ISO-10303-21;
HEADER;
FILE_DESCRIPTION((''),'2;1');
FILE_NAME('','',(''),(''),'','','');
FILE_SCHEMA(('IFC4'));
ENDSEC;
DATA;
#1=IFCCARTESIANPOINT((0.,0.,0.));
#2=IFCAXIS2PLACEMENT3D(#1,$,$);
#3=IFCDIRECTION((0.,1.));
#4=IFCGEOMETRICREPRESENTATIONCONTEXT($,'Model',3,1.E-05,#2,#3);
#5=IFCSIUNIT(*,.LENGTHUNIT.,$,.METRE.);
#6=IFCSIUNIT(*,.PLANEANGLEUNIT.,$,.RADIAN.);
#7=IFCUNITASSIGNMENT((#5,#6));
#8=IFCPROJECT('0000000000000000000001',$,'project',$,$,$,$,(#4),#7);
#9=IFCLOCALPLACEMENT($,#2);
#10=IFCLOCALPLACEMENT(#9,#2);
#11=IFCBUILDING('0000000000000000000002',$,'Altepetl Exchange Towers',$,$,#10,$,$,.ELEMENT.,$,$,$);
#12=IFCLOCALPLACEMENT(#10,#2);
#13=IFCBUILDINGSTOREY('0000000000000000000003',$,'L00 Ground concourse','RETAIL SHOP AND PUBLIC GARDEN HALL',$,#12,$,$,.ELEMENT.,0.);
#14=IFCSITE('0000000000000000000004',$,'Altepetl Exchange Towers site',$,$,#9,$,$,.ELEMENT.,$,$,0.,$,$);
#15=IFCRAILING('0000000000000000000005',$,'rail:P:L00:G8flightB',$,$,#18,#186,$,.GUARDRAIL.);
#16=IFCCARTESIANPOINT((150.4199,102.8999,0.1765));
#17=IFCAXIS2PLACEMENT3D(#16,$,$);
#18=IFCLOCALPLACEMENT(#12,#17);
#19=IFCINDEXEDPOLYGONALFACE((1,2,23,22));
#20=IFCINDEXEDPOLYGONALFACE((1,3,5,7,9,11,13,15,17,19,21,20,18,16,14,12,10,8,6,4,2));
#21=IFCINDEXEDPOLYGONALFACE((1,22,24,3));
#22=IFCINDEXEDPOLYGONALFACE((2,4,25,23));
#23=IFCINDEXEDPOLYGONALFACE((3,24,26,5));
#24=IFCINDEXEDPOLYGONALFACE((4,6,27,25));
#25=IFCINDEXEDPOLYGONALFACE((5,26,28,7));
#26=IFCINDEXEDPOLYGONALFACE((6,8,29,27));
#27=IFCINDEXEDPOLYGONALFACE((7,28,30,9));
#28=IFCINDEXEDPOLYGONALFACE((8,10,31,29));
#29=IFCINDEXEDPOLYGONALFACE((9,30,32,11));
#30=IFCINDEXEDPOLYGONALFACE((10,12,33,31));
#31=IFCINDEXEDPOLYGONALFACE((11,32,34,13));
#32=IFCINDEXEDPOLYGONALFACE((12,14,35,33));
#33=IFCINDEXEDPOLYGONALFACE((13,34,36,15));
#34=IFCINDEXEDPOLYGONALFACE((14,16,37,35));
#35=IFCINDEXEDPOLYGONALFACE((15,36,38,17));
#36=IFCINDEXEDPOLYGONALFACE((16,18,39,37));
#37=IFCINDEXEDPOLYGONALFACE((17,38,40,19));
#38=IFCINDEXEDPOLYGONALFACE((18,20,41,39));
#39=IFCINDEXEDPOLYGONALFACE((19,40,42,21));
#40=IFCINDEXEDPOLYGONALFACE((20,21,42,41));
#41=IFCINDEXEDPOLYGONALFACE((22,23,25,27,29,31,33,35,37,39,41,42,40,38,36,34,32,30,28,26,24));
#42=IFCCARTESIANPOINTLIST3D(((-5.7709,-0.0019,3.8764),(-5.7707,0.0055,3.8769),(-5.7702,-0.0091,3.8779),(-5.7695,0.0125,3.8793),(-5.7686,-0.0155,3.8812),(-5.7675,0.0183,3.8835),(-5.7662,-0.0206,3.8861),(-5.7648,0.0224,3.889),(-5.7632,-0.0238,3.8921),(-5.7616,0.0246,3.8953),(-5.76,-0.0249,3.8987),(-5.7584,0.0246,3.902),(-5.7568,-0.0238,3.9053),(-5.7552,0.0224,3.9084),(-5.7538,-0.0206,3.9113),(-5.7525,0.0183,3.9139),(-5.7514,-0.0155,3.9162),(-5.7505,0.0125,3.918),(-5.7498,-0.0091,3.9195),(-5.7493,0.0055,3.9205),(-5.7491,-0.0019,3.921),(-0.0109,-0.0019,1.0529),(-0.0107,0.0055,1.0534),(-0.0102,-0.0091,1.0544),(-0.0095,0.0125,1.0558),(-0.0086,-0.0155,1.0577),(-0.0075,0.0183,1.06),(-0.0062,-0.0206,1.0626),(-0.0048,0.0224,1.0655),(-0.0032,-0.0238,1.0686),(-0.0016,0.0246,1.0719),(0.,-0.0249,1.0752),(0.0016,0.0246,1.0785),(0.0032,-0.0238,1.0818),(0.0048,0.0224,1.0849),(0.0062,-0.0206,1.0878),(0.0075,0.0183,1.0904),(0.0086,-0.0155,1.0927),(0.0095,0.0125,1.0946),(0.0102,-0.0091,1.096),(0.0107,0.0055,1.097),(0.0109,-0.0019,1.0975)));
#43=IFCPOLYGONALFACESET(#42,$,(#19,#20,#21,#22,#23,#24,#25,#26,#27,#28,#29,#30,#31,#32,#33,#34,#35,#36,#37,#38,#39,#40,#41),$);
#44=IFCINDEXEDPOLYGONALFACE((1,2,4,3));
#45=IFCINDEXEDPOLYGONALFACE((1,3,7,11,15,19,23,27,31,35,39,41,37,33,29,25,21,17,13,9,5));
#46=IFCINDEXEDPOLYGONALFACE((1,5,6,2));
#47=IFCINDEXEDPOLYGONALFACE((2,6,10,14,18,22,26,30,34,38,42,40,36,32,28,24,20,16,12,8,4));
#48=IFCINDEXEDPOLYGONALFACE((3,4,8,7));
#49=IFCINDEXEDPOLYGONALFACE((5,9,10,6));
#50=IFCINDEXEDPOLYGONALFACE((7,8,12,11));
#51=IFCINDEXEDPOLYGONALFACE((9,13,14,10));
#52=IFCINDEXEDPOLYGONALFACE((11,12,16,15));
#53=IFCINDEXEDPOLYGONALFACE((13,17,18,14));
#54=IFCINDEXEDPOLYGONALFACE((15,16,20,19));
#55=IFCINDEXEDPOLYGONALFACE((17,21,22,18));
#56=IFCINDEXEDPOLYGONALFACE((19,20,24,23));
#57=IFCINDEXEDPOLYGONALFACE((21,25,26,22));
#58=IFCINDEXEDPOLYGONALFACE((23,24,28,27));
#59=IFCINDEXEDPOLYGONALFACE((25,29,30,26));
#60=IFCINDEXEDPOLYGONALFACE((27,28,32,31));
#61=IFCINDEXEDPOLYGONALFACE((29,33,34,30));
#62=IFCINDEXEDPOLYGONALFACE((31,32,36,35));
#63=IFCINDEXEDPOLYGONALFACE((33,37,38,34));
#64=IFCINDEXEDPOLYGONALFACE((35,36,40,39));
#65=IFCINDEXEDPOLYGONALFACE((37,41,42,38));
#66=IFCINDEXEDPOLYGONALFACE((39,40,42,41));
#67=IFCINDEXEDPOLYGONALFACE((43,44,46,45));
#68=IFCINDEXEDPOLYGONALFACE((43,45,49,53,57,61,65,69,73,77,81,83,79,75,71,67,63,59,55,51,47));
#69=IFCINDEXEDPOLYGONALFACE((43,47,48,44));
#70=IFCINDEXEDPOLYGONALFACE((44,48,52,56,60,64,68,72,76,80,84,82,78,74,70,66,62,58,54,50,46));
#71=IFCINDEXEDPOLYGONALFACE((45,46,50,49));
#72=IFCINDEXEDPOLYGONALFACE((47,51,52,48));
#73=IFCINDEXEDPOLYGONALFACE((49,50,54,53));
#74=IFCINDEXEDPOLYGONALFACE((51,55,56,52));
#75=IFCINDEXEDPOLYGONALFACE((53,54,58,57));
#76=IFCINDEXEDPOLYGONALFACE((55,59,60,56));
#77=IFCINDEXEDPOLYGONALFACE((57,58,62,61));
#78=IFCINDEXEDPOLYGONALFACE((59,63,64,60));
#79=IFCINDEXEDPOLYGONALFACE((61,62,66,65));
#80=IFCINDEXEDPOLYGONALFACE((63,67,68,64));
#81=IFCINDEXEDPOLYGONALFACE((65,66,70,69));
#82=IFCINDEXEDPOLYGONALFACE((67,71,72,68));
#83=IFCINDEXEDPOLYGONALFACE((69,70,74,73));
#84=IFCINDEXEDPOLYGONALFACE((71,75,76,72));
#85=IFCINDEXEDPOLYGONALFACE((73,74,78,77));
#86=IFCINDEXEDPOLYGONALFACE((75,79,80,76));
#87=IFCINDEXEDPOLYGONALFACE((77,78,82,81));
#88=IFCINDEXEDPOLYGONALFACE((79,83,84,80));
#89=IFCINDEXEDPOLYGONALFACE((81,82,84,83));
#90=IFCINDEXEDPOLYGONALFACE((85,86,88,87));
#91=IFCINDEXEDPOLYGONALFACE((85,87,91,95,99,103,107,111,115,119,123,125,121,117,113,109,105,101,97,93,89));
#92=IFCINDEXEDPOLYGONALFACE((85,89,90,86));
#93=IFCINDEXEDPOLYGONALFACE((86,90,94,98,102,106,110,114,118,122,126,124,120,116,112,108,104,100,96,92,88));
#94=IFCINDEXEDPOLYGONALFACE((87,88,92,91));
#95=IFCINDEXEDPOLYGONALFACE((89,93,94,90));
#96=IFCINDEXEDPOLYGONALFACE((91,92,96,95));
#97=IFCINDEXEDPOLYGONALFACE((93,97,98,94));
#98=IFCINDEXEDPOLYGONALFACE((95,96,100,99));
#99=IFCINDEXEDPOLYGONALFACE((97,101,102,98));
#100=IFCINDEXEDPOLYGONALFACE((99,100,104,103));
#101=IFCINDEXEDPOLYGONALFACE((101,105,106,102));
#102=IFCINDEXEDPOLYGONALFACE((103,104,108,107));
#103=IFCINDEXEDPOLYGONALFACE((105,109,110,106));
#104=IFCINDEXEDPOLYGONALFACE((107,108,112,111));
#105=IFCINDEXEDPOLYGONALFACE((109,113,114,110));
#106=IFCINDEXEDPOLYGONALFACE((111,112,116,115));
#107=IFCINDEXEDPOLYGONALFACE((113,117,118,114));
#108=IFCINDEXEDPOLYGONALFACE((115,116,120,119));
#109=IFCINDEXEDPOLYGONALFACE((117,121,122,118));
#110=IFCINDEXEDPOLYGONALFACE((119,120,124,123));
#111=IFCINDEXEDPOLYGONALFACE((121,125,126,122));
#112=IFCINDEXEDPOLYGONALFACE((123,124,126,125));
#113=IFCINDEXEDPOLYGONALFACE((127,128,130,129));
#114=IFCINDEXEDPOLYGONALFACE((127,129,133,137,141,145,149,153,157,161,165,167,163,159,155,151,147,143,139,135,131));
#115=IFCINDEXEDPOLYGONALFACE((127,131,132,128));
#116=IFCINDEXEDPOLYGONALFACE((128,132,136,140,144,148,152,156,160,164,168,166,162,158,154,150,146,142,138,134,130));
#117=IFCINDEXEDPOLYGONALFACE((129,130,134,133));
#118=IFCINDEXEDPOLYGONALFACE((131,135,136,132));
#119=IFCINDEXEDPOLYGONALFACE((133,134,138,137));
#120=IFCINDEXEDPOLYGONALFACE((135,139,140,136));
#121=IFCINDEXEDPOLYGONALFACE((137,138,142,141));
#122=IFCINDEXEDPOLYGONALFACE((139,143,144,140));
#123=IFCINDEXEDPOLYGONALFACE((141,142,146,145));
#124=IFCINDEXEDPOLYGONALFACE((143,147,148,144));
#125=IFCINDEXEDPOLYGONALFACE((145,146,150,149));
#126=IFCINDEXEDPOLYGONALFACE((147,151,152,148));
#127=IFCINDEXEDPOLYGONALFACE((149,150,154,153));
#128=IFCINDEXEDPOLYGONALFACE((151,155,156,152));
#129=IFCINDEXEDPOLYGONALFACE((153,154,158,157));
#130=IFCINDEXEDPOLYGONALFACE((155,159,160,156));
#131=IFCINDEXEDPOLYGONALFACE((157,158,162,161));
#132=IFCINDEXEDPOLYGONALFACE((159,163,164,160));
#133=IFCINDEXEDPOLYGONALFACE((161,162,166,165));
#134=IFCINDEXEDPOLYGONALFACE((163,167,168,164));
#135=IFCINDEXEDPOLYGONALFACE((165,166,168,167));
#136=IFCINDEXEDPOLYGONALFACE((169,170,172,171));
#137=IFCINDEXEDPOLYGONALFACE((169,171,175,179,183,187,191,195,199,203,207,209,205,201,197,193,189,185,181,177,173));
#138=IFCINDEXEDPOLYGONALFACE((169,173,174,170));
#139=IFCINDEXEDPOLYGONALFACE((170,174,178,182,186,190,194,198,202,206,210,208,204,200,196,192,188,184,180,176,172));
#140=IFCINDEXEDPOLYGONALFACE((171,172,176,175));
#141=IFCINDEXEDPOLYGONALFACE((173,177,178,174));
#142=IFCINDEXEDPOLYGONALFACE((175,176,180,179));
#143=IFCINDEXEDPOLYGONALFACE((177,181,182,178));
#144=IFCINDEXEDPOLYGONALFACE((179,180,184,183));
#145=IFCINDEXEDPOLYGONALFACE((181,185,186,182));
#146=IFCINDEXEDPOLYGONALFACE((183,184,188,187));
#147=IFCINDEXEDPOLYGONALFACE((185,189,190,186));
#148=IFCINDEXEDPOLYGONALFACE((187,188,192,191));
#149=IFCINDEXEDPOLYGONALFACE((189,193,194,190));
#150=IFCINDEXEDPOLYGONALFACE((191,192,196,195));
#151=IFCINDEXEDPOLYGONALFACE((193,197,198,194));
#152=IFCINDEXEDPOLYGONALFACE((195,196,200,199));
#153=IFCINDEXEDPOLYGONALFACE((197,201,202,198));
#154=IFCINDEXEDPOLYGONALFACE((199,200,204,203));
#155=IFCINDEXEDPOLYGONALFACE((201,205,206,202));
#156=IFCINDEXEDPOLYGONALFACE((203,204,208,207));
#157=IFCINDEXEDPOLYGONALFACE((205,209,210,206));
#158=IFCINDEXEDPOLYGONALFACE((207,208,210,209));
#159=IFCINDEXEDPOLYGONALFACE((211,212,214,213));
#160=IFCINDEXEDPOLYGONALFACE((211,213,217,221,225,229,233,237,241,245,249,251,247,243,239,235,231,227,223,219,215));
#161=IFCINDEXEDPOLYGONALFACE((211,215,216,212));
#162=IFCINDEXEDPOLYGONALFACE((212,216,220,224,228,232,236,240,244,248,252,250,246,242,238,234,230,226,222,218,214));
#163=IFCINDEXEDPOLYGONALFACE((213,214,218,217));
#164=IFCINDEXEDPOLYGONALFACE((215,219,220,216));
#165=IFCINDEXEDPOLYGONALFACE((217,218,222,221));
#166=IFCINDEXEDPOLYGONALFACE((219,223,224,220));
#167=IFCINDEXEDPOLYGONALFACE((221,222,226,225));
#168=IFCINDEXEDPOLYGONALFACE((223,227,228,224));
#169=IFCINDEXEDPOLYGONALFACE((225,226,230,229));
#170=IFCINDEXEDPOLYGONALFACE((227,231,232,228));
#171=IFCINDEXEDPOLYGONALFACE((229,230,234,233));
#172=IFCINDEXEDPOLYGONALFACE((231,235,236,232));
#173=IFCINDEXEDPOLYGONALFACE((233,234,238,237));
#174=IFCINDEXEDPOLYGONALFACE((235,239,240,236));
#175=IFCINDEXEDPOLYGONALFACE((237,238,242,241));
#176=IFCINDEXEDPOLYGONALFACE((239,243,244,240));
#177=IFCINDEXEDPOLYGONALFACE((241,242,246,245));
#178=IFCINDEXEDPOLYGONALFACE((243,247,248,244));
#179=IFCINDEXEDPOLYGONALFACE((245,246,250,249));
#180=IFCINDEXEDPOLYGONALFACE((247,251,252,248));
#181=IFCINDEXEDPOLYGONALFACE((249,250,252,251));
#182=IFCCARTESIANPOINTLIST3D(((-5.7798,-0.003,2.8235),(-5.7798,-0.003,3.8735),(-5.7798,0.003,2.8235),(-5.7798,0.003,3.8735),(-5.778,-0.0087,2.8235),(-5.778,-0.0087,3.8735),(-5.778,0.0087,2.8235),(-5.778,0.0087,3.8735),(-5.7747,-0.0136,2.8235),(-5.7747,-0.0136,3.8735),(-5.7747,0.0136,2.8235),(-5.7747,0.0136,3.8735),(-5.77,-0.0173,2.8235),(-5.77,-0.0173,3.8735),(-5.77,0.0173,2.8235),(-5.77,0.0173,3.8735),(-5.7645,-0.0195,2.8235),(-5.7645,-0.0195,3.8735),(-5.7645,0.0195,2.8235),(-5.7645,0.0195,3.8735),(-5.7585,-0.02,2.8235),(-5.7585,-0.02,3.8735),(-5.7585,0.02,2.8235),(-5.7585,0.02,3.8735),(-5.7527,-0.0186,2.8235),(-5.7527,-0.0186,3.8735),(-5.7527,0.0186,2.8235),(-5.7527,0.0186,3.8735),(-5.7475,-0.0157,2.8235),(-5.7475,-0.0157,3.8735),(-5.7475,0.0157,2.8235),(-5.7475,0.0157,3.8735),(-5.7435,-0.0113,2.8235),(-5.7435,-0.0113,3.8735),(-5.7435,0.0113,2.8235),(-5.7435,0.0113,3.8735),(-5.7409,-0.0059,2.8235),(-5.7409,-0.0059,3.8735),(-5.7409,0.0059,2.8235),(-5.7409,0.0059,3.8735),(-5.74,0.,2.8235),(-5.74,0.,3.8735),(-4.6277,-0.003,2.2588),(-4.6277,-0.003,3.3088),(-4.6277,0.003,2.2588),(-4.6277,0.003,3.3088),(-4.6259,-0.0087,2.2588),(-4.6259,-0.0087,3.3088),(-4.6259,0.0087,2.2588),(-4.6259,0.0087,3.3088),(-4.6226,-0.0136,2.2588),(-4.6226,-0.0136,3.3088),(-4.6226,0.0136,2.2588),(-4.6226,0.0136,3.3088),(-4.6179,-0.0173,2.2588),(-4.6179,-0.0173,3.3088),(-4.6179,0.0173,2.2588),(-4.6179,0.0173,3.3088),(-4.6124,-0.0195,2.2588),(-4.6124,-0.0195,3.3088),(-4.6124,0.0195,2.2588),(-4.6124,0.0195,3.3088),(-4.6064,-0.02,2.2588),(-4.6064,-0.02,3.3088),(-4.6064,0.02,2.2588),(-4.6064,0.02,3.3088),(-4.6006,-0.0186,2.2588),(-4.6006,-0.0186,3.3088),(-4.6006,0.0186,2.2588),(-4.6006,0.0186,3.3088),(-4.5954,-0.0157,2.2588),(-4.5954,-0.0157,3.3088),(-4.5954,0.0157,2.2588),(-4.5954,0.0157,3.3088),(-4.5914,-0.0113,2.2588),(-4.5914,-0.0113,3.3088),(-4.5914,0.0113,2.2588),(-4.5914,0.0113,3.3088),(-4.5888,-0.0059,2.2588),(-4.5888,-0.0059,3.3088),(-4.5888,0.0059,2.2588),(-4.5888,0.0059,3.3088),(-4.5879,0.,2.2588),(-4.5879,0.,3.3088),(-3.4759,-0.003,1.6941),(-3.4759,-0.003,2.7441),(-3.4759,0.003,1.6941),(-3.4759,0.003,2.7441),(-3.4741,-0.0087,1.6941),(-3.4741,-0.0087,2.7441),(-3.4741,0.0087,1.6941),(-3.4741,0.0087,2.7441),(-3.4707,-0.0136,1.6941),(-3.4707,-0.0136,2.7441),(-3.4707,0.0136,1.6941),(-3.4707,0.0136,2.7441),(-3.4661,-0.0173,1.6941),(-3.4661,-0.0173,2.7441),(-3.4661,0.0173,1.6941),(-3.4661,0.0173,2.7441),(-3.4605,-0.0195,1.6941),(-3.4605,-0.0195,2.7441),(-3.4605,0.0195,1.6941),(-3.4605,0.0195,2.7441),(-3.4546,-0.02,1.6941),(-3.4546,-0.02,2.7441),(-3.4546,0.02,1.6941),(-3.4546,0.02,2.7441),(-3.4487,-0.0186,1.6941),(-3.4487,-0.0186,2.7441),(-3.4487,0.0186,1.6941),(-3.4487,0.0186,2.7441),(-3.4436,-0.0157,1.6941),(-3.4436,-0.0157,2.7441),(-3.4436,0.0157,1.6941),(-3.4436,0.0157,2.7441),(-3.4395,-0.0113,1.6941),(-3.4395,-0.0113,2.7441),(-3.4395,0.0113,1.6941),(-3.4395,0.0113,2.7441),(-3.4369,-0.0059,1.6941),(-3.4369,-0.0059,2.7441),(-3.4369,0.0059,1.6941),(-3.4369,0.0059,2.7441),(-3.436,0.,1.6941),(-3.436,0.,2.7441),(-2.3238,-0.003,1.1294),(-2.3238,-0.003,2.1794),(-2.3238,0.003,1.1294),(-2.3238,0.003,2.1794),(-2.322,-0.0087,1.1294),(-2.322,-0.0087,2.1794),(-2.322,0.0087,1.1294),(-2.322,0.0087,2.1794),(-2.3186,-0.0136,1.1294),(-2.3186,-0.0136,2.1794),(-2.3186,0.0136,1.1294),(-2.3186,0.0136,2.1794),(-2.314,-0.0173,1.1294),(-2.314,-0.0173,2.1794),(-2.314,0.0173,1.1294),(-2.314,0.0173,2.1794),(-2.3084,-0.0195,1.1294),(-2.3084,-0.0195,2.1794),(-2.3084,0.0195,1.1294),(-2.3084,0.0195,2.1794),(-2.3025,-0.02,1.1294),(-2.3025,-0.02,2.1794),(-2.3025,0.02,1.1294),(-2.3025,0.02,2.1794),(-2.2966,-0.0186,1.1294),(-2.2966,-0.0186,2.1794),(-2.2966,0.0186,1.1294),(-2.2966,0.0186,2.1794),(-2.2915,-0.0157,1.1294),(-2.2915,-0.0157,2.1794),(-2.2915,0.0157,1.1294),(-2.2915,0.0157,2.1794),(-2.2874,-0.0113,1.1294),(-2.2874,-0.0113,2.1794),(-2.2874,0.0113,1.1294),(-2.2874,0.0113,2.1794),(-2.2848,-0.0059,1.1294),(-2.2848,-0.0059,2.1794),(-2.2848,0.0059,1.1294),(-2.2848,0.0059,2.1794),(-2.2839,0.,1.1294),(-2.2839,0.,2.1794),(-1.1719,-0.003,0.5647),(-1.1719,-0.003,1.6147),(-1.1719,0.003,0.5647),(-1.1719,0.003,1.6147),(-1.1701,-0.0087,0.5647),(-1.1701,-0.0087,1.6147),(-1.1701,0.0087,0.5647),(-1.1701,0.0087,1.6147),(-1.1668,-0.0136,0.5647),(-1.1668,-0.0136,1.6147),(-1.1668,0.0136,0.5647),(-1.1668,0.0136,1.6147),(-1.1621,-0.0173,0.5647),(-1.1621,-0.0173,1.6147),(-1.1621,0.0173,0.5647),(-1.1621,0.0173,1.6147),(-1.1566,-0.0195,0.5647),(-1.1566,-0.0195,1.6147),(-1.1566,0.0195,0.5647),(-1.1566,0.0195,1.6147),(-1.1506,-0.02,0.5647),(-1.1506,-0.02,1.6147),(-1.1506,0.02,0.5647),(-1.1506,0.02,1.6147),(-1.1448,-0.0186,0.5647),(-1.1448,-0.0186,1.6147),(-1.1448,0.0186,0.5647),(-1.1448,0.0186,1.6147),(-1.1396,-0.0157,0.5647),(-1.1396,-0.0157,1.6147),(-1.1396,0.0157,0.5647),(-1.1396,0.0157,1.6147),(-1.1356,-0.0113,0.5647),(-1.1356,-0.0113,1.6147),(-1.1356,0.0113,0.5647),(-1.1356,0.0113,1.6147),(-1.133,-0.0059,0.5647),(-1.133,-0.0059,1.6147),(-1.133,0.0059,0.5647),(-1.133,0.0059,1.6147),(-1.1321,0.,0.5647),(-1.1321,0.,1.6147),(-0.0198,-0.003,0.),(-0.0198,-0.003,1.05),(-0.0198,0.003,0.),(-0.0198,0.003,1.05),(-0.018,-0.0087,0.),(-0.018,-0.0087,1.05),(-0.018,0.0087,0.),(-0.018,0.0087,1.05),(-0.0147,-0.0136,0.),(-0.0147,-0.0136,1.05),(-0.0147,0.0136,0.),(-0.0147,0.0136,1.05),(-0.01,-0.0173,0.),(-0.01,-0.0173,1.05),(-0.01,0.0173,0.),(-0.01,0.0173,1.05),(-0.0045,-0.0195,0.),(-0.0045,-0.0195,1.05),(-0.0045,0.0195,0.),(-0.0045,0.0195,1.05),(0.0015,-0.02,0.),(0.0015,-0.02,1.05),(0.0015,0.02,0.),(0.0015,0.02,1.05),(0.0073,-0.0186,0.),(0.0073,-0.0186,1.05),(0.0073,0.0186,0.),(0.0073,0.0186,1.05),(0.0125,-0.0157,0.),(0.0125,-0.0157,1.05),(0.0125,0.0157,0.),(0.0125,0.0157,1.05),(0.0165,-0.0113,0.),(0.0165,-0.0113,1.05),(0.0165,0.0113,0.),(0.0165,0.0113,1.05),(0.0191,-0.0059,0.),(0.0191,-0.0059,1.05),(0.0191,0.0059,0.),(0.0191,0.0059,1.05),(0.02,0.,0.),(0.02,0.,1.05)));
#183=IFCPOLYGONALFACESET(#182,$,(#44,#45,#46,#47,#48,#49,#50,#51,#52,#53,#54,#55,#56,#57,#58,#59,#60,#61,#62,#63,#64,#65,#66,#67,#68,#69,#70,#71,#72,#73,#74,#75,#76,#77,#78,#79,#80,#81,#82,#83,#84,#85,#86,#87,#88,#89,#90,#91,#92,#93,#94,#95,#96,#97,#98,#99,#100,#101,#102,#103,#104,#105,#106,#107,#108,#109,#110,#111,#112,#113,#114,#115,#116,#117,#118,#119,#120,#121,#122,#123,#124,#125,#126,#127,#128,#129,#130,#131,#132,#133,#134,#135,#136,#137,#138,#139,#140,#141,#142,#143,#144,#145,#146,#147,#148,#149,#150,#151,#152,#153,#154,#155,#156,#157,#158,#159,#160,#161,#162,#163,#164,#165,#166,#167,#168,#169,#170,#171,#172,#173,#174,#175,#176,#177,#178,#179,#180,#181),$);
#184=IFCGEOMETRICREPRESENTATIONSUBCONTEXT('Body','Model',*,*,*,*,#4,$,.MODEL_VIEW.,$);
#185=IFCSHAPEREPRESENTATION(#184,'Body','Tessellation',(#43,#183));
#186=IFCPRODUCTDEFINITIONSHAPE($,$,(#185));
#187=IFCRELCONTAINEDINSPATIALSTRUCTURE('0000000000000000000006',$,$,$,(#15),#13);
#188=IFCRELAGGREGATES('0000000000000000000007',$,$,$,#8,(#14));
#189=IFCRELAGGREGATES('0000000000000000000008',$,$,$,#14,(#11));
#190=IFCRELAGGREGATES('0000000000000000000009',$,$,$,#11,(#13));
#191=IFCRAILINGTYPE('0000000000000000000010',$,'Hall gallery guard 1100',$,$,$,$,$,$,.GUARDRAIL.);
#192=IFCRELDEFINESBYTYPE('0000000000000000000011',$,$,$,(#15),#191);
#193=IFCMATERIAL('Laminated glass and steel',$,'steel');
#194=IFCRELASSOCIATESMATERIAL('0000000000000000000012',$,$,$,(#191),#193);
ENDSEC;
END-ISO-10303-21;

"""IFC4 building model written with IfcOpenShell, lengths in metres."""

from ifc_helpers import new_model, si_unit, direction, frame, origin, origin_2d, place, context, subcontext, project, spatial, circle, extrude, source, transform, mapped, material, type_object, element, save


model = new_model("IFC4")

# Units and contexts
model_context = context("Model", 3, precision=1e-05, world=origin(), true_north=direction((0.0, 1.0)))
body_context = subcontext(model_context, "Body", "Model", "MODEL_VIEW")
ifc_project = project(units=[si_unit("LENGTHUNIT", "METRE"), si_unit("PLANEANGLEUNIT", "RADIAN")], contexts=[model_context])

# Site, building, storey
site_placement = place(None, origin())
site = spatial("IfcSite", under=ifc_project, at=site_placement, Name="Altepetl Exchange Towers site", CompositionType="ELEMENT", RefElevation=0.0)
building_placement = place(site_placement, origin())
building = spatial("IfcBuilding", under=site, at=building_placement, Name="Altepetl Exchange Towers", CompositionType="ELEMENT")
storey_placement = place(building_placement, origin())
storey = spatial("IfcBuildingStorey", under=building, at=storey_placement, Name="L00 Ground concourse", Description="RETAIL SHOP AND PUBLIC GARDEN HALL", CompositionType="ELEMENT", Elevation=0.0)

# Railing
ifc_material_1 = material(Name="Laminated glass and steel", Category="steel")
railing_type_1 = type_object("IfcRailingType", Name="Hall gallery guard 1100", PredefinedType="GUARDRAIL", material=ifc_material_1)
shared_shape_1 = source(origin(), body_context, "Body", "SweptSolid", [
    extrude(circle(Radius=0.02, at=origin_2d()), origin(), (0.0, 0.0, 1.0), 1.05),
])
for number, where, name in (
    (1, (150.4199, 102.8999, 0.1765), "rail:P:L00:G8flightB"),
):
    element("IfcRailing", number, at=place(storey_placement, frame(where)), inside=storey, type_object=railing_type_1, Name=name, PredefinedType="GUARDRAIL", context=body_context, shape_type="SweptSolid", body=[
        extrude(circle(Radius=0.0249, at=origin_2d()), frame((0.0, 0.0, 1.0752), z_axis=(-0.897924, 0.0, 0.440151), x_axis=(0.0, -1.0, 0.0)), (0.0, 0.0, 1.0), 6.4148),
        mapped(shared_shape_1, transform((0.0, 0.0, 0.0))),
        mapped(shared_shape_1, transform((-1.1521, 0.0, 0.5647))),
        mapped(shared_shape_1, transform((-2.304, 0.0, 1.1294))),
        mapped(shared_shape_1, transform((-3.4561, 0.0, 1.6941))),
        mapped(shared_shape_1, transform((-4.6079, 0.0, 2.2588))),
        mapped(shared_shape_1, transform((-5.76, 0.0, 2.8235))),
    ])

save(model, "model.ifc")
